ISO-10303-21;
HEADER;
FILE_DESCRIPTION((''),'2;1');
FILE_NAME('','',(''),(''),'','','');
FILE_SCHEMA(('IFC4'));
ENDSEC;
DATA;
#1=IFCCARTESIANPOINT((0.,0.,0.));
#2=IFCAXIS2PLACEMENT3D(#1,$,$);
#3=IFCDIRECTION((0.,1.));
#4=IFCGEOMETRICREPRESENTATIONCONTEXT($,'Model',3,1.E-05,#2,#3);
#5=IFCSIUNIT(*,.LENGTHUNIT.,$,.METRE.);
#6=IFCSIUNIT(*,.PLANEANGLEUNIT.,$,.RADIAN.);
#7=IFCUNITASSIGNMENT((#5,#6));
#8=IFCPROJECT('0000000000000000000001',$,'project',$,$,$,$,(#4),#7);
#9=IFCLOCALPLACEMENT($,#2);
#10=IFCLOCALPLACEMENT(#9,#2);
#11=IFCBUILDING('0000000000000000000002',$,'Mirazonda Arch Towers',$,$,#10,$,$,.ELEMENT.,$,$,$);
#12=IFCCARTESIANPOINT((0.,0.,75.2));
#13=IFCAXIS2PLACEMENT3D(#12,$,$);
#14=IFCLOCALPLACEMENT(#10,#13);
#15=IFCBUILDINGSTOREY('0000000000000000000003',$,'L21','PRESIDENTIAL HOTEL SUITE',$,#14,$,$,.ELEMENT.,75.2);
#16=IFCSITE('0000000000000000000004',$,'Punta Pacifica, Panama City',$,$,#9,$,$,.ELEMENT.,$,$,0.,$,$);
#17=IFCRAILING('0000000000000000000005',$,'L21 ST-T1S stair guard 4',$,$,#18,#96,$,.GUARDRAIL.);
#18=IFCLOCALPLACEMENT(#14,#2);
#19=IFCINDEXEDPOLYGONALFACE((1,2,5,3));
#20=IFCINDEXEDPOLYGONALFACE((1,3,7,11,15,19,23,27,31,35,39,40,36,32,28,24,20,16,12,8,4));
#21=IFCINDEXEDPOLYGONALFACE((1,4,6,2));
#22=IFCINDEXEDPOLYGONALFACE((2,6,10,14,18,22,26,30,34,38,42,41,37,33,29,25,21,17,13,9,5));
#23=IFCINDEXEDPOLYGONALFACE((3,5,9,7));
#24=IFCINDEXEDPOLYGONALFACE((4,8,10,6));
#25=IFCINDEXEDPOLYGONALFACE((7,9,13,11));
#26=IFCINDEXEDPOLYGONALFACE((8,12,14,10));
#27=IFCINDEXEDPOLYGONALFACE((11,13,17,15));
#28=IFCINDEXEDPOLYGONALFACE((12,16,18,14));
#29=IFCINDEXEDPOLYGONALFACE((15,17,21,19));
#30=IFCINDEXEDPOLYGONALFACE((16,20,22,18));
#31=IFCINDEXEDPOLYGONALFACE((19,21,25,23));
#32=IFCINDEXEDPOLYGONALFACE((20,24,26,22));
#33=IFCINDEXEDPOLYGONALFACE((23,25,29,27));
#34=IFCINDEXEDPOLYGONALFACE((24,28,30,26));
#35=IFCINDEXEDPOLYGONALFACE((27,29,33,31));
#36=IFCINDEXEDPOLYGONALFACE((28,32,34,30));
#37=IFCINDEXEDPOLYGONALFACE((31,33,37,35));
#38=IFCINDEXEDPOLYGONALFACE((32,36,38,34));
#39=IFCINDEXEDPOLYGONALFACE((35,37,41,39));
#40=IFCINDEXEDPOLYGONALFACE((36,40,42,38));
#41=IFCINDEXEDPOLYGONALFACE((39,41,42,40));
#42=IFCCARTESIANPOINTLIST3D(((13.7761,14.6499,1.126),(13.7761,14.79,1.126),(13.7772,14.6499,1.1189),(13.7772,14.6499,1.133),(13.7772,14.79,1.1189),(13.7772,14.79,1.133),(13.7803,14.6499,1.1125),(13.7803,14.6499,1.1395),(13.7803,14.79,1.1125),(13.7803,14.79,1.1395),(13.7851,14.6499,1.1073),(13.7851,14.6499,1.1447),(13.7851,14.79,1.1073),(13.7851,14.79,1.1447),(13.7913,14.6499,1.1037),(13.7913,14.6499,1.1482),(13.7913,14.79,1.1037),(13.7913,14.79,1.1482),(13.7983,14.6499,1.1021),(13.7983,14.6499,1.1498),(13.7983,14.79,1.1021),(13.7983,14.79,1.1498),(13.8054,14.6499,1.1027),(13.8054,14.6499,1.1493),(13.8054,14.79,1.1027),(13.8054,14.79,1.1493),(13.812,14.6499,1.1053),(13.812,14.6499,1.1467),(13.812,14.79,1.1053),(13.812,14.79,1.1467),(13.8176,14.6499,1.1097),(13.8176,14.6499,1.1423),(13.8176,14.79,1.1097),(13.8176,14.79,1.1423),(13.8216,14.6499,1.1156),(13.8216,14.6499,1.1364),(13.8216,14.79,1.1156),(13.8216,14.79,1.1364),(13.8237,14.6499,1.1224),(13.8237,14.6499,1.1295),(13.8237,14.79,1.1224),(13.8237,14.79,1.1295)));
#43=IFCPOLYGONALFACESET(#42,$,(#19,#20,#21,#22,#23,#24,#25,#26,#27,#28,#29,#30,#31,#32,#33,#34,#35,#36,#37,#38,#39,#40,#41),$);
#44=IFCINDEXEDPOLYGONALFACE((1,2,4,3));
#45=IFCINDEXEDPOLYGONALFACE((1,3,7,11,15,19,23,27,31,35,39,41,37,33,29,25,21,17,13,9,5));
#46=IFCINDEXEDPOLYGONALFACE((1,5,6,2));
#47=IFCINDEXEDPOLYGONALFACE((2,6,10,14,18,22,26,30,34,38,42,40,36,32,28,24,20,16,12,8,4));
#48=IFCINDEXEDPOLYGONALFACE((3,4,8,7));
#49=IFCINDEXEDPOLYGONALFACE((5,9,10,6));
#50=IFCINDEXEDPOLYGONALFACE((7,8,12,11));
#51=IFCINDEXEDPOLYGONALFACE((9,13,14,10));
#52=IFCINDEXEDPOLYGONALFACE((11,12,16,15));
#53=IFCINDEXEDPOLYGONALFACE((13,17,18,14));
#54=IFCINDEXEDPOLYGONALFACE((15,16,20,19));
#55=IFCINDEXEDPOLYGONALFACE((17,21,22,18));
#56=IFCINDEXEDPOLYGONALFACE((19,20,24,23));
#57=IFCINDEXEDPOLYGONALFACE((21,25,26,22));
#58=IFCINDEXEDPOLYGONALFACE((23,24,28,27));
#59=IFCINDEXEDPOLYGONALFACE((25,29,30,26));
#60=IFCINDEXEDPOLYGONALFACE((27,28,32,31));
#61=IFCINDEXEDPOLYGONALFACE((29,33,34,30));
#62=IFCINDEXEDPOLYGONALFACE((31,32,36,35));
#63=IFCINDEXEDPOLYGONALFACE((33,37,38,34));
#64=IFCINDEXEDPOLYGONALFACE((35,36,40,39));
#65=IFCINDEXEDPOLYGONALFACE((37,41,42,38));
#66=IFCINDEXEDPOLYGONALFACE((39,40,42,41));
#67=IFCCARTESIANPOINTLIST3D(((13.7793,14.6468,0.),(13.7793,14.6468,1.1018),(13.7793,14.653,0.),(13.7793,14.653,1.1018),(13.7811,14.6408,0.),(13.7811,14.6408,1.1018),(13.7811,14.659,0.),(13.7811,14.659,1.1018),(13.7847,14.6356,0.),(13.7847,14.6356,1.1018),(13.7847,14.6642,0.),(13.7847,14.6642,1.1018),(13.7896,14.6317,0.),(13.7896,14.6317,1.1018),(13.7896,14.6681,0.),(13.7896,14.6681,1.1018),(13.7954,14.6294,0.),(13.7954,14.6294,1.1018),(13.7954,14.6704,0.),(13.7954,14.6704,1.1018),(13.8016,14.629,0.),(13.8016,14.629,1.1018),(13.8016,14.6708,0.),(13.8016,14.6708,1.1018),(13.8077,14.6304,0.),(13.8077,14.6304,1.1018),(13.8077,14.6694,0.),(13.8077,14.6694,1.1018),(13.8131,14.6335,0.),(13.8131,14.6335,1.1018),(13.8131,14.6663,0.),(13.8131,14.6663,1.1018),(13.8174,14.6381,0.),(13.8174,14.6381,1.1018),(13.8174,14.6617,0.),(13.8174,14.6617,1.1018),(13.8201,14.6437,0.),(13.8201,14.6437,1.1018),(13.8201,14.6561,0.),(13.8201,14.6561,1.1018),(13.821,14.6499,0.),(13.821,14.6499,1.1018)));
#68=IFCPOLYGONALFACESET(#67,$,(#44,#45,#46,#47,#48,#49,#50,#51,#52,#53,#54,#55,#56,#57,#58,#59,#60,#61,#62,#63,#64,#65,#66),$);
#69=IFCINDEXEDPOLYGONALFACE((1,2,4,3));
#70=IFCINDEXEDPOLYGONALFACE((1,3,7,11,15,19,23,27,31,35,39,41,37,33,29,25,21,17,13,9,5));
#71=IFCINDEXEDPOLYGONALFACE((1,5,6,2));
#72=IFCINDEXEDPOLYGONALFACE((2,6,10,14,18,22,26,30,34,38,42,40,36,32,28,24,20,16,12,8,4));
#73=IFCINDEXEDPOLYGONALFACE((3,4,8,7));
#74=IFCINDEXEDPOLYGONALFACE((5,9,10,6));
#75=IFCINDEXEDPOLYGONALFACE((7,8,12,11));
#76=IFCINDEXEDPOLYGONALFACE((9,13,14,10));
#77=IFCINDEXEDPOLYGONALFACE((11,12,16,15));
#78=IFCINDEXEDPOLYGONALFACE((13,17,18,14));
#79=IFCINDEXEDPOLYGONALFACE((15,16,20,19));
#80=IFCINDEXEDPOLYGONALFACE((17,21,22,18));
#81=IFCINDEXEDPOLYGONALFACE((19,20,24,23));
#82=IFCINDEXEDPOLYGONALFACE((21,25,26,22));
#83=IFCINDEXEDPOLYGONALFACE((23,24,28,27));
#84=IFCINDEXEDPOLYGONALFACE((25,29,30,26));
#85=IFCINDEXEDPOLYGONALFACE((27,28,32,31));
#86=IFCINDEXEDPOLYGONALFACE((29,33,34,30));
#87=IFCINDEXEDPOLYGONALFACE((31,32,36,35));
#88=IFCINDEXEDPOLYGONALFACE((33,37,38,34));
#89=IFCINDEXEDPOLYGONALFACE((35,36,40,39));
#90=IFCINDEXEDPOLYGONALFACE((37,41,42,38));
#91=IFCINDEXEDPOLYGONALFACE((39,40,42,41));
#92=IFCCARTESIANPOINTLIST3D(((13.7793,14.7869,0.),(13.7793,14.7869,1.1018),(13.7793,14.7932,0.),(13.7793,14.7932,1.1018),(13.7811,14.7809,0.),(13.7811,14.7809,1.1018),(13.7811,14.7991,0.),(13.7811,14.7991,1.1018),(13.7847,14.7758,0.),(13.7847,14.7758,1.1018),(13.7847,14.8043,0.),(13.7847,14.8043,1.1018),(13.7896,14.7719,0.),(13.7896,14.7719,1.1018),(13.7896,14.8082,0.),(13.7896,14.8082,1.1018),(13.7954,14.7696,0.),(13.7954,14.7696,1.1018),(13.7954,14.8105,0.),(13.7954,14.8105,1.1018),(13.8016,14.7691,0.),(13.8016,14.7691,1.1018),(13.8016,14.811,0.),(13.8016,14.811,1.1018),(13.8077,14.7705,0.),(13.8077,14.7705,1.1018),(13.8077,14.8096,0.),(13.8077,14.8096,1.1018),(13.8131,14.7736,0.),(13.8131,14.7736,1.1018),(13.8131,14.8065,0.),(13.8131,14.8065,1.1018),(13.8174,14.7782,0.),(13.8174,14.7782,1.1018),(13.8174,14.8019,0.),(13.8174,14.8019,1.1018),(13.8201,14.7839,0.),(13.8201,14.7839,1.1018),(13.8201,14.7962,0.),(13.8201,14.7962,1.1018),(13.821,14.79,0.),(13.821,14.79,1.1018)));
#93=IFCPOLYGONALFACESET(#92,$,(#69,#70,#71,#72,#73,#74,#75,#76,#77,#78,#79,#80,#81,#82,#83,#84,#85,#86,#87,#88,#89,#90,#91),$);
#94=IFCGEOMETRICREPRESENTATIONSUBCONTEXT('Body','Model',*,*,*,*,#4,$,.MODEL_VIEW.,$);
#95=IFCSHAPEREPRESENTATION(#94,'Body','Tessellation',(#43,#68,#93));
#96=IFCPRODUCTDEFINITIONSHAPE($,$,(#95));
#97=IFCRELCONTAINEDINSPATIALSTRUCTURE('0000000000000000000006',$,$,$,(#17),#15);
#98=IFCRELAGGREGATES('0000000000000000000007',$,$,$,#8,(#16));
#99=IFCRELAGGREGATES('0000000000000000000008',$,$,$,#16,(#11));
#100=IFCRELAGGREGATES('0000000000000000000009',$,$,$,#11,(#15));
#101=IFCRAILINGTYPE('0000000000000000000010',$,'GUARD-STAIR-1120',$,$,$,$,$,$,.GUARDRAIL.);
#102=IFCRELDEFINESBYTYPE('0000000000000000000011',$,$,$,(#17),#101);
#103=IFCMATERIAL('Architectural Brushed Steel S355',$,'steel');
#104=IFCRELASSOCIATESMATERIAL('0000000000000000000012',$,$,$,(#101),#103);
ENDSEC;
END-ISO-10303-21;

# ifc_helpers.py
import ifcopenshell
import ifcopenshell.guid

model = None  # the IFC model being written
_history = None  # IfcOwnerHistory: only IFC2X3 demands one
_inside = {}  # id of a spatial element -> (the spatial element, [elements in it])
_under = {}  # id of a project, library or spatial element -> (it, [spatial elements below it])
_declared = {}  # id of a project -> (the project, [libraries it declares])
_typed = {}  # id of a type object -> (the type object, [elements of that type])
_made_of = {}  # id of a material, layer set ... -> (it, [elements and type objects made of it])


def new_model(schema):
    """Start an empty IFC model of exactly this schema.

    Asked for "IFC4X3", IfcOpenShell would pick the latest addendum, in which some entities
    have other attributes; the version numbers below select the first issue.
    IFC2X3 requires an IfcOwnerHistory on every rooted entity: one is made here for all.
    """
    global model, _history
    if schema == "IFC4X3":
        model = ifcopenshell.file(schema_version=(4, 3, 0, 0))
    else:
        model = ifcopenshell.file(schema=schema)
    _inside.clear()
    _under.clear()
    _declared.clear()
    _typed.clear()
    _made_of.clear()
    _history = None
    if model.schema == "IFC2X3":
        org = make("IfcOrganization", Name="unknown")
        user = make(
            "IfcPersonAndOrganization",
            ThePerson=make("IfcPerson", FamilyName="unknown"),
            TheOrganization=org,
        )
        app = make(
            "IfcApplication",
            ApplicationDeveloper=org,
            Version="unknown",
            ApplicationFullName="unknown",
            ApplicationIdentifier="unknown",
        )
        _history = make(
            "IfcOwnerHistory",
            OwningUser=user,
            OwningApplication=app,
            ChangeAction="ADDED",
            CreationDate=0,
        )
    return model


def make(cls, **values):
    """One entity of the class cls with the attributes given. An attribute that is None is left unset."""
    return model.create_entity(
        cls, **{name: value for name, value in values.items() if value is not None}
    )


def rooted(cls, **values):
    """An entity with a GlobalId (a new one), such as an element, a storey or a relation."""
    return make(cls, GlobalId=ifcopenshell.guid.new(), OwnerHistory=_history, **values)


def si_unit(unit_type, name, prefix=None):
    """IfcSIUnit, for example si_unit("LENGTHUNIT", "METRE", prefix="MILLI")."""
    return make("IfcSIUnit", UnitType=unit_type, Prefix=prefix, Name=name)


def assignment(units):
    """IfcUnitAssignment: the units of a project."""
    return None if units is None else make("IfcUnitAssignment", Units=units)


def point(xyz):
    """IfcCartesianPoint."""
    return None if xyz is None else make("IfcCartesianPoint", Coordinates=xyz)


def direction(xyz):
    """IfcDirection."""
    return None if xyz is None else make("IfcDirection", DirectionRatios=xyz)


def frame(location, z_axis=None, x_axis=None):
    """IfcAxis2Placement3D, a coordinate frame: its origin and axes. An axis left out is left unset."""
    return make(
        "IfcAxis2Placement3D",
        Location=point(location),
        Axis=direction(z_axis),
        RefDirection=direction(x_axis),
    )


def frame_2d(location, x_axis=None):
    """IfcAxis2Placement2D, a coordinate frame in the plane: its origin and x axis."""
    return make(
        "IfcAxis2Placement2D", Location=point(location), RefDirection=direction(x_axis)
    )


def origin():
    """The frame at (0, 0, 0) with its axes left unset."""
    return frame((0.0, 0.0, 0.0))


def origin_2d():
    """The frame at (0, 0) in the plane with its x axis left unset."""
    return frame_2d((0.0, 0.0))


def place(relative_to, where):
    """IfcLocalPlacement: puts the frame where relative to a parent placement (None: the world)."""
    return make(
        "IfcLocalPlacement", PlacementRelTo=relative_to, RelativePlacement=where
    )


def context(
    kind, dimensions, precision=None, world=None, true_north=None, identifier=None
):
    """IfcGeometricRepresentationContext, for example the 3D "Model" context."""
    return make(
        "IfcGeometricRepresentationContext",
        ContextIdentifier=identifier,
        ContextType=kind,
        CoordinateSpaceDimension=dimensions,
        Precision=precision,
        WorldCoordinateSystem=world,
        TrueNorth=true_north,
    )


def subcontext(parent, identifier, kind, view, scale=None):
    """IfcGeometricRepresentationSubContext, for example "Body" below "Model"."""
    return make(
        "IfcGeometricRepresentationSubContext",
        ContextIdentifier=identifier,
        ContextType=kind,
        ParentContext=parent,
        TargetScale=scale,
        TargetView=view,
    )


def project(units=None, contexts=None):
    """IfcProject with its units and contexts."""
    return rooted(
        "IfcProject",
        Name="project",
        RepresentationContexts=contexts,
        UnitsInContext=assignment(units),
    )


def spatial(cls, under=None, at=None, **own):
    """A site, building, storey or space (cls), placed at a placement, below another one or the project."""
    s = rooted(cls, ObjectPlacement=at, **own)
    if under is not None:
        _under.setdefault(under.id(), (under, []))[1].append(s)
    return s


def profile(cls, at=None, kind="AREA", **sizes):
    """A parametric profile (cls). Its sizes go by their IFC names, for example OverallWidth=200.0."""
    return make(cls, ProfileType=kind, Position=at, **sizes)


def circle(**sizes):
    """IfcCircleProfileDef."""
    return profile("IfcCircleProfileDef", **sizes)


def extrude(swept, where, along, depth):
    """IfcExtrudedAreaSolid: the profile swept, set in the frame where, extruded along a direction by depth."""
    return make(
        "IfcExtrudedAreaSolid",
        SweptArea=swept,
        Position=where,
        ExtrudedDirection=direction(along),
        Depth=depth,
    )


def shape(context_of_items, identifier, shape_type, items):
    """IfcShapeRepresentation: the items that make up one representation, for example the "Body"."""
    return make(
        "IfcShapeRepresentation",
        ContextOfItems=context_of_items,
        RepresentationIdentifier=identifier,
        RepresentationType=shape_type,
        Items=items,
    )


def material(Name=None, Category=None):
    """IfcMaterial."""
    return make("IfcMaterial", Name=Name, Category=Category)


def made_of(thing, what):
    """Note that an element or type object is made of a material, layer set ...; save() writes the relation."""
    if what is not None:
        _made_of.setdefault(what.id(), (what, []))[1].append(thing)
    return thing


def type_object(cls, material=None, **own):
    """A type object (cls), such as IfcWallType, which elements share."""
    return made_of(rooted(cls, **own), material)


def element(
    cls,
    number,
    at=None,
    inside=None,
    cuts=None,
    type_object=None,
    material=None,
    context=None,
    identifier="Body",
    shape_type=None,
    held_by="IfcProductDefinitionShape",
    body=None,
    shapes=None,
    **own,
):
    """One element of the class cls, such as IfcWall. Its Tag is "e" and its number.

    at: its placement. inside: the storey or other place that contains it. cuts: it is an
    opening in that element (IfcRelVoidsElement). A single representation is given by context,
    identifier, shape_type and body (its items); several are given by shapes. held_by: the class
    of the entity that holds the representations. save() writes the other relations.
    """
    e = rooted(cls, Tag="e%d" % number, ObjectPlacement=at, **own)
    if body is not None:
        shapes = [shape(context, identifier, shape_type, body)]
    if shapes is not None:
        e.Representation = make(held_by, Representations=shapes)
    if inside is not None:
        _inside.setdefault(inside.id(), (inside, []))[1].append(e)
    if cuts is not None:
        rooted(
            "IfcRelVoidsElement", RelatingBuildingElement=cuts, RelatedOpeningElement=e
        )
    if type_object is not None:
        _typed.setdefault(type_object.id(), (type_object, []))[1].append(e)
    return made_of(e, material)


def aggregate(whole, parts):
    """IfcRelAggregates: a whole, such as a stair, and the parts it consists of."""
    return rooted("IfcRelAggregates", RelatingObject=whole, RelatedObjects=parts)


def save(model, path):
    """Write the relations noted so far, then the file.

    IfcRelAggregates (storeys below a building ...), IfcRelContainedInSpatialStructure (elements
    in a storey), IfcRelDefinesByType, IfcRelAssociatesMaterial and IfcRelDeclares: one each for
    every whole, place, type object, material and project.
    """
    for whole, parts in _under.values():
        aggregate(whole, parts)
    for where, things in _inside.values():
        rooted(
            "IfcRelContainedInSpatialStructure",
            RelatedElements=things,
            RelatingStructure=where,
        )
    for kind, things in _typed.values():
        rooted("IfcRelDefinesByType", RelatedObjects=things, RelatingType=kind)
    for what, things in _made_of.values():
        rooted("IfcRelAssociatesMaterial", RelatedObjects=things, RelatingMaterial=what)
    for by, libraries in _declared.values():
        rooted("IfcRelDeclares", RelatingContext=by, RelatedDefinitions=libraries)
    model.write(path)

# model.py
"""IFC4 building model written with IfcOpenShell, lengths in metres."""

from ifc_helpers import new_model, si_unit, direction, frame, origin, origin_2d, place, context, subcontext, project, spatial, circle, extrude, material, type_object, element, save


model = new_model("IFC4")

# Units and contexts
model_context = context("Model", 3, precision=1e-05, world=origin(), true_north=direction((0.0, 1.0)))
body_context = subcontext(model_context, "Body", "Model", "MODEL_VIEW")
ifc_project = project(units=[si_unit("LENGTHUNIT", "METRE"), si_unit("PLANEANGLEUNIT", "RADIAN")], contexts=[model_context])

# Site, building, storey
site_placement = place(None, origin())
site = spatial("IfcSite", under=ifc_project, at=site_placement, Name="Punta Pacifica, Panama City", CompositionType="ELEMENT", RefElevation=0.0)
building_placement = place(site_placement, origin())
building = spatial("IfcBuilding", under=site, at=building_placement, Name="Mirazonda Arch Towers", CompositionType="ELEMENT")
storey_placement = place(building_placement, frame((0.0, 0.0, 75.2)))
storey = spatial("IfcBuildingStorey", under=building, at=storey_placement, Name="L21", Description="PRESIDENTIAL HOTEL SUITE", CompositionType="ELEMENT", Elevation=75.2)

# Shared definitions
ifc_material_1 = material(Name="Architectural Brushed Steel S355", Category="steel")

# Railing
railing_type = type_object("IfcRailingType", Name="GUARD-STAIR-1120", PredefinedType="GUARDRAIL", material=ifc_material_1)
railing_1_placement = place(storey_placement, frame((13.8, 14.6499, 0.0)))
element("IfcRailing", 1, at=railing_1_placement, inside=storey, type_object=railing_type, Name="L21 ST-T1S stair guard 4", PredefinedType="GUARDRAIL", context=body_context, shape_type="SweptSolid", body=[
    extrude(circle(Radius=0.0239, at=origin_2d()), frame((0.0, 0.0, 1.126), z_axis=(0.0, 1.0, 0.0), x_axis=(-1.0, 0.0, 0.0)), (0.0, 0.0, 1.0), 0.1401),
    extrude(circle(Radius=0.021, at=origin_2d()), origin(), (0.0, 0.0, 1.0), 1.1018),
    extrude(circle(Radius=0.021, at=origin_2d()), frame((0.0, 0.1401, 0.0)), (0.0, 0.0, 1.0), 1.1018),
])

save(model, "model.ifc")
